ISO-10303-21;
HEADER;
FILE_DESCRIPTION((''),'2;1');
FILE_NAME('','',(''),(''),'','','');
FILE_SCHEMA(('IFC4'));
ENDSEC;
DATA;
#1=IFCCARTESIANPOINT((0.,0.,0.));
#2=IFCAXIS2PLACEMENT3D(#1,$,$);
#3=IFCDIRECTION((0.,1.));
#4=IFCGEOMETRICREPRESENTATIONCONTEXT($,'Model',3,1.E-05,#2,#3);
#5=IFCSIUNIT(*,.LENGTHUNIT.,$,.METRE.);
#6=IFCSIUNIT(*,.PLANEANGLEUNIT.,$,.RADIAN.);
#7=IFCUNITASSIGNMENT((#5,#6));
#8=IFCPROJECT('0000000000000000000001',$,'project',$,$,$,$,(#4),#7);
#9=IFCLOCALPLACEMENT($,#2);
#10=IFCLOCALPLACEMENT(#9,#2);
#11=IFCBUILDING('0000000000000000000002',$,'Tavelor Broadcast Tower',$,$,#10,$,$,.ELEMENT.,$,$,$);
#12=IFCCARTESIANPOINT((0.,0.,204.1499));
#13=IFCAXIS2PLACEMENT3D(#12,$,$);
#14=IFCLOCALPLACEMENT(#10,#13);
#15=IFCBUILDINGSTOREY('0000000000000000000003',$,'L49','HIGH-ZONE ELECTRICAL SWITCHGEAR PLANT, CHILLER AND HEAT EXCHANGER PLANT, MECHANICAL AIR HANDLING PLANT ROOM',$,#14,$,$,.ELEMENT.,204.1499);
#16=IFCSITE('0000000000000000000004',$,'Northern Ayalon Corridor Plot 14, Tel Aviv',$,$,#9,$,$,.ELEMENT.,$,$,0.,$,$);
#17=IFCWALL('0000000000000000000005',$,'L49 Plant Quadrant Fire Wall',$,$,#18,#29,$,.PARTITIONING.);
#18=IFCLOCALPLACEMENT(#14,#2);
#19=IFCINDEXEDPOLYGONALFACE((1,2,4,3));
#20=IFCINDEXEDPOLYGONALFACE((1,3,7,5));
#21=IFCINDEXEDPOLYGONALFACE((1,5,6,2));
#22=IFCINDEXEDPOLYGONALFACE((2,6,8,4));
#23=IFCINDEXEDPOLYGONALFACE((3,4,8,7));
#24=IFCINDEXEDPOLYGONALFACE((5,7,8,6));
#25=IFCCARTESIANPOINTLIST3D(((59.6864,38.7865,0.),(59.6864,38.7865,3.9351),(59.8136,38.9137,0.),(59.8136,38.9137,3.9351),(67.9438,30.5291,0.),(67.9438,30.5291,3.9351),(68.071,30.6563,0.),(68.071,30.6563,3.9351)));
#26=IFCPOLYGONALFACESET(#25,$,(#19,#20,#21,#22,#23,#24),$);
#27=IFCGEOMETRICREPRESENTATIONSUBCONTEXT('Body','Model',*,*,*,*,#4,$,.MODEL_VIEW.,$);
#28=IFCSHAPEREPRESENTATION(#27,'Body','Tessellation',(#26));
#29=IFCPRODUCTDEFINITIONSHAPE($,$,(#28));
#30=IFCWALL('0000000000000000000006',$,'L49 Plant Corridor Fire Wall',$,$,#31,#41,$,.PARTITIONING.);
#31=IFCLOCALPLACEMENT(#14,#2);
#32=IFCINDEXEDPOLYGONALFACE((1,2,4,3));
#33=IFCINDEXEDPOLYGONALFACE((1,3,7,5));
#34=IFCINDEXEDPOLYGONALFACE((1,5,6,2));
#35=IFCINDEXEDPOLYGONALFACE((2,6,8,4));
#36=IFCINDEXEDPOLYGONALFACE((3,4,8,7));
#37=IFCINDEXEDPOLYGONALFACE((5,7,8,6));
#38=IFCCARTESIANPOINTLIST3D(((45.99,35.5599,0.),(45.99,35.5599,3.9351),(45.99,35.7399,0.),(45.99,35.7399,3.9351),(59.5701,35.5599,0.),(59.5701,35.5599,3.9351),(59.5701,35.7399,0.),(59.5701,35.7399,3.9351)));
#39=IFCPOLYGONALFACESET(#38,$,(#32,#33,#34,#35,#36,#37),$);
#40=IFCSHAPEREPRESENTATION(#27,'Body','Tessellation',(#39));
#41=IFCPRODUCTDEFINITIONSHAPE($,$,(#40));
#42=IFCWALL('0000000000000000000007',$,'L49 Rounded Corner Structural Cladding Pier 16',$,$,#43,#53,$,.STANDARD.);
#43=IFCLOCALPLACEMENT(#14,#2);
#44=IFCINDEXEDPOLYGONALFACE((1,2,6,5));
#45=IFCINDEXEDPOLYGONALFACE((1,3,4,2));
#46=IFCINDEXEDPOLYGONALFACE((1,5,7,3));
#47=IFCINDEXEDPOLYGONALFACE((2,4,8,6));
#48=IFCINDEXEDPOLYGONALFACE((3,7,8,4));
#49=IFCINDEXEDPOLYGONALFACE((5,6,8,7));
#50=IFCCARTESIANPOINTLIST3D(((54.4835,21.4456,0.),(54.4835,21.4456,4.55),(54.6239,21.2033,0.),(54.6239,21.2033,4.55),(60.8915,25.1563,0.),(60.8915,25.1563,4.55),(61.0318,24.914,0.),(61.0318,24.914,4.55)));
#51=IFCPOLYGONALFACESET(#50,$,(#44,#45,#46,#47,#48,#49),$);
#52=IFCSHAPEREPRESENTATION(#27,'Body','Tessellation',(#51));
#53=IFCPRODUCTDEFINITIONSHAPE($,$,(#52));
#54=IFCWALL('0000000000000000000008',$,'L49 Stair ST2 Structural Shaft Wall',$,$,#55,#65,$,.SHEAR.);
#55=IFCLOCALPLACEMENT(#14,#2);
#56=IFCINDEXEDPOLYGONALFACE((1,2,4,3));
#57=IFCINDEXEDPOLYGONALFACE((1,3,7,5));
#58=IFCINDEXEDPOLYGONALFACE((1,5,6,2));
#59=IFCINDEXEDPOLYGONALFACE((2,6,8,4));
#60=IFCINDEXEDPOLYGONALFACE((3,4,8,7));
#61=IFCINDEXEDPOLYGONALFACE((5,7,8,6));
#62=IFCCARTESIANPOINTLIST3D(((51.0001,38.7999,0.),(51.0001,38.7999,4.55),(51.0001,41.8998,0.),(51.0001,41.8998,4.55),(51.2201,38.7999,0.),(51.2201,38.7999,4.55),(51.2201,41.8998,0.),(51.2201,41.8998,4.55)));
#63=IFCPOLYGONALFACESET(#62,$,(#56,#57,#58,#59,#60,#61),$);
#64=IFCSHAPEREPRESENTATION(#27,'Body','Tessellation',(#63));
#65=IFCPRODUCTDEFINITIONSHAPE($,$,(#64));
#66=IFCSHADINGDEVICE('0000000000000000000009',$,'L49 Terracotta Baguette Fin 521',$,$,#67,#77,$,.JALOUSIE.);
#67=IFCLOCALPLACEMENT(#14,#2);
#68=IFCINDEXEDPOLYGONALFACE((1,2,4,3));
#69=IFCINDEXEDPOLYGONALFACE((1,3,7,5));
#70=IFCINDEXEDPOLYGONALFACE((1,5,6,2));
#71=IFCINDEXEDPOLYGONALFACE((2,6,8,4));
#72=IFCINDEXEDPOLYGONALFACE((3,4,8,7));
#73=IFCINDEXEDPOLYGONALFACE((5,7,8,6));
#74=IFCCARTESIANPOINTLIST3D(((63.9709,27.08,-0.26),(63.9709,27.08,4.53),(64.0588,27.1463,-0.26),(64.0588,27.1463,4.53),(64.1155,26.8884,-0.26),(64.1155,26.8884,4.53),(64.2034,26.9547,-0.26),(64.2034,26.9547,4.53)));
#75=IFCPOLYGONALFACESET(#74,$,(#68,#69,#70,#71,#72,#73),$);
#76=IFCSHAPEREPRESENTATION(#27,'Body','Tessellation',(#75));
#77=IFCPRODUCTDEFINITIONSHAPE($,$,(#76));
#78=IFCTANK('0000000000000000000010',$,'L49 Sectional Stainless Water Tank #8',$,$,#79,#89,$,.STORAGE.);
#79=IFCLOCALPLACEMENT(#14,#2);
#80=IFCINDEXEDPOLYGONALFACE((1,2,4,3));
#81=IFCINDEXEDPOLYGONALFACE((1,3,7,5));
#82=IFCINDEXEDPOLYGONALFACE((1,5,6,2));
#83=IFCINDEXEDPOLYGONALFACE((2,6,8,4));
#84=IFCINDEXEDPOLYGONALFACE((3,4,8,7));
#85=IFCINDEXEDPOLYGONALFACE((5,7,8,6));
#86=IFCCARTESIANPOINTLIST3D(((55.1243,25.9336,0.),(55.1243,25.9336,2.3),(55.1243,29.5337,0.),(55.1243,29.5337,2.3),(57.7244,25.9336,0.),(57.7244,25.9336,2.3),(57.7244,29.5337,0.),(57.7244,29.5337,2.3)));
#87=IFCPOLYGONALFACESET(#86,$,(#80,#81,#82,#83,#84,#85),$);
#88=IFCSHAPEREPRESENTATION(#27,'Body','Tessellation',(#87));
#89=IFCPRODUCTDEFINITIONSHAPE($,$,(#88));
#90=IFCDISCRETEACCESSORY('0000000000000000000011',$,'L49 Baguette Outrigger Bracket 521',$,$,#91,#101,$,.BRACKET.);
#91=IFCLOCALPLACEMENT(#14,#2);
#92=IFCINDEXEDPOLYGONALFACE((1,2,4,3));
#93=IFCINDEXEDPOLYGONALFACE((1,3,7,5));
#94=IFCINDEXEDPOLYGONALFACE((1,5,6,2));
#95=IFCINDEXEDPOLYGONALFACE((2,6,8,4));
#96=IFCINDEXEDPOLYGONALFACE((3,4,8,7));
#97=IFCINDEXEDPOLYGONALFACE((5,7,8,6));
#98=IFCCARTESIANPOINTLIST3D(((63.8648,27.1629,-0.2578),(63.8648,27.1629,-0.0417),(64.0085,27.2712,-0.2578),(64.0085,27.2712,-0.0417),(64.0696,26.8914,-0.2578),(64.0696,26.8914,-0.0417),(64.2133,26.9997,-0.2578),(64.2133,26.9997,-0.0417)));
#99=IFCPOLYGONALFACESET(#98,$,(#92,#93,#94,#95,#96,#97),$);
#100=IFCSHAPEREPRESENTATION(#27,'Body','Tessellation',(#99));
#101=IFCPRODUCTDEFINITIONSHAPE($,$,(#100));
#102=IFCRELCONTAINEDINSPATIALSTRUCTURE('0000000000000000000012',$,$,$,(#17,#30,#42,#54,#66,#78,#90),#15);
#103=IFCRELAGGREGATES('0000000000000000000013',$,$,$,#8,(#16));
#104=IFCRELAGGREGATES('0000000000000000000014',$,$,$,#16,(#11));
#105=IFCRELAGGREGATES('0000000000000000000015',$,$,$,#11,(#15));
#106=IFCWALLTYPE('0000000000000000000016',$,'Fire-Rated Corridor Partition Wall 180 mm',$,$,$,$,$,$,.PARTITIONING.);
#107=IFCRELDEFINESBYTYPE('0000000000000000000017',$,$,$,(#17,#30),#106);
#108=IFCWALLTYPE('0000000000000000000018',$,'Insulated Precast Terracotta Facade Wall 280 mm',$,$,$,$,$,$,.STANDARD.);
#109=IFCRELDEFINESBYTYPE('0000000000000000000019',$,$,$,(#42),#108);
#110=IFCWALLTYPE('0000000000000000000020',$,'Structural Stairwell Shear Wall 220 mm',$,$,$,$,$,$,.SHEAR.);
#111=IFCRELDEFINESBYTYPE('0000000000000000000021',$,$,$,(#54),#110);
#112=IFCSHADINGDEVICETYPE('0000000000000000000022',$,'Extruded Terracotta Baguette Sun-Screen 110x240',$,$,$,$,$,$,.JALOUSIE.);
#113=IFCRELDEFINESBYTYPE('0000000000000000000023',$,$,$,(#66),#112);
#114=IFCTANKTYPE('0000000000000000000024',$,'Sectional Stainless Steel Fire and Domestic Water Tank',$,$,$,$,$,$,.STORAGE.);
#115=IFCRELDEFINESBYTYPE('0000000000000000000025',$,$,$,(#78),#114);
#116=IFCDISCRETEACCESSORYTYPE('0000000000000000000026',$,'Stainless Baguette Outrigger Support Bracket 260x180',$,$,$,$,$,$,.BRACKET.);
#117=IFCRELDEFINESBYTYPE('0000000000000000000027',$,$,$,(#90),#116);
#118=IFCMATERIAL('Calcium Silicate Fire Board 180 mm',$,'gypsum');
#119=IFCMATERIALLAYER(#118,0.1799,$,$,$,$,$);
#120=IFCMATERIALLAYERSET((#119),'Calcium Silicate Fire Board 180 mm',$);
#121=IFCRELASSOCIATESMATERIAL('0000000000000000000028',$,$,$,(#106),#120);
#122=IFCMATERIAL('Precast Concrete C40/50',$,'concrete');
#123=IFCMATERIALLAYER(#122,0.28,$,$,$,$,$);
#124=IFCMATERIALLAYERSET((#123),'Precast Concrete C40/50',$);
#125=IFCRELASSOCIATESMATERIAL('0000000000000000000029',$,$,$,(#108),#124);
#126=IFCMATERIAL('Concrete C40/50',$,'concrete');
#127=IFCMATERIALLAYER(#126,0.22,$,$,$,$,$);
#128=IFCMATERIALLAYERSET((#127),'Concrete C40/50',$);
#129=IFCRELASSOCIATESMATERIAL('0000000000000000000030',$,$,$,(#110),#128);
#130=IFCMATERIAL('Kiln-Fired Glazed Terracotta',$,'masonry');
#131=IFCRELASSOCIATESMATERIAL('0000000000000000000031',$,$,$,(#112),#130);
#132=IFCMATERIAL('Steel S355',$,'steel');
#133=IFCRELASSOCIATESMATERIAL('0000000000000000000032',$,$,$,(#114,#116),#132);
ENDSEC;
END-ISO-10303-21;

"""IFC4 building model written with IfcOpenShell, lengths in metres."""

from ifc_helpers import new_model, si_unit, direction, frame, frame_2d, origin, origin_2d, place, context, subcontext, project, spatial, rectangle, extrude, source, transform, mapped, material, layer, layer_set, type_object, type_shapes, element, save


model = new_model("IFC4")

# Units and contexts
model_context = context("Model", 3, precision=1e-05, world=origin(), true_north=direction((0.0, 1.0)))
body_context = subcontext(model_context, "Body", "Model", "MODEL_VIEW")
ifc_project = project(units=[si_unit("LENGTHUNIT", "METRE"), si_unit("PLANEANGLEUNIT", "RADIAN")], contexts=[model_context])

# Site, building, storey
site_placement = place(None, origin())
site = spatial("IfcSite", under=ifc_project, at=site_placement, Name="Northern Ayalon Corridor Plot 14, Tel Aviv", CompositionType="ELEMENT", RefElevation=0.0)
building_placement = place(site_placement, origin())
building = spatial("IfcBuilding", under=site, at=building_placement, Name="Tavelor Broadcast Tower", CompositionType="ELEMENT")
storey_placement = place(building_placement, frame((0.0, 0.0, 204.1499)))
storey = spatial("IfcBuildingStorey", under=building, at=storey_placement, Name="L49", Description="HIGH-ZONE ELECTRICAL SWITCHGEAR PLANT, CHILLER AND HEAT EXCHANGER PLANT, MECHANICAL AIR HANDLING PLANT ROOM", CompositionType="ELEMENT", Elevation=204.1499)

# Shared definitions
ifc_material_1 = material(Name="Concrete C40/50", Category="concrete")
ifc_material_2 = material(Name="Steel S355", Category="steel")

# Wall
ifc_material_3 = material(Name="Calcium Silicate Fire Board 180 mm", Category="gypsum")
ifc_layer_1 = layer(ifc_material_3, 0.1799)
ifc_layer_set_1 = layer_set([ifc_layer_1], Name="Calcium Silicate Fire Board 180 mm")
wall_type_1 = type_object("IfcWallType", Name="Fire-Rated Corridor Partition Wall 180 mm", PredefinedType="PARTITIONING", material=ifc_layer_set_1)
wall_1_placement = place(storey_placement, frame((59.75, 38.8501, 0.0), z_axis=(0.0, 0.0, 1.0), x_axis=(0.707107, -0.707107, 0.0)))
element("IfcWall", 1, at=wall_1_placement, inside=storey, type_object=wall_type_1, Name="L49 Plant Quadrant Fire Wall", PredefinedType="PARTITIONING", context=body_context, shape_type="SweptSolid", body=[
    extrude(rectangle(XDim=11.6777, YDim=0.1799, at=frame_2d((5.8389, 0.0))), origin(), (0.0, 0.0, 1.0), 3.9351),
])

# Walls
wall_2_placement = place(storey_placement, frame((59.5701, 35.6499, 0.0), z_axis=(0.0, 0.0, 1.0), x_axis=(-1.0, 0.0, 0.0)))
element("IfcWall", 2, at=wall_2_placement, inside=storey, type_object=wall_type_1, Name="L49 Plant Corridor Fire Wall", PredefinedType="PARTITIONING", context=body_context, shape_type="SweptSolid", body=[
    extrude(rectangle(XDim=13.5801, YDim=0.1799, at=frame_2d((6.79, 0.0))), origin(), (0.0, 0.0, 1.0), 3.9351),
])
ifc_material_4 = material(Name="Precast Concrete C40/50", Category="concrete")
ifc_layer_2 = layer(ifc_material_4, 0.28)
ifc_layer_set_2 = layer_set([ifc_layer_2], Name="Precast Concrete C40/50")
wall_type_2 = type_object("IfcWallType", Name="Insulated Precast Terracotta Facade Wall 280 mm", PredefinedType="STANDARD", material=ifc_layer_set_2)
wall_3_placement = place(storey_placement, frame((54.5537, 21.3245, 0.0), z_axis=(0.0, 0.0, 1.0), x_axis=(0.865378, 0.501119, 0.0)))
element("IfcWall", 3, at=wall_3_placement, inside=storey, type_object=wall_type_2, Name="L49 Rounded Corner Structural Cladding Pier 16", PredefinedType="STANDARD", context=body_context, shape_type="SweptSolid", body=[
    extrude(rectangle(XDim=7.4048, YDim=0.28, at=frame_2d((3.7024, 0.0))), origin(), (0.0, 0.0, 1.0), 4.55),
])
ifc_layer_3 = layer(ifc_material_1, 0.22)
ifc_layer_set_3 = layer_set([ifc_layer_3], Name="Concrete C40/50")
wall_type_3 = type_object("IfcWallType", Name="Structural Stairwell Shear Wall 220 mm", PredefinedType="SHEAR", material=ifc_layer_set_3)
wall_4_placement = place(storey_placement, frame((51.1101, 38.8, 0.0), z_axis=(0.0, 0.0, 1.0), x_axis=(0.0, 1.0, 0.0)))
element("IfcWall", 4, at=wall_4_placement, inside=storey, type_object=wall_type_3, Name="L49 Stair ST2 Structural Shaft Wall", PredefinedType="SHEAR", context=body_context, shape_type="SweptSolid", body=[
    extrude(rectangle(XDim=3.0999, YDim=0.22, at=frame_2d((1.5498, 0.0))), origin(), (0.0, 0.0, 1.0), 4.55),
])

# Shading device
ifc_material_5 = material(Name="Kiln-Fired Glazed Terracotta", Category="masonry")
shading_device_type = type_object("IfcShadingDeviceType", Name="Extruded Terracotta Baguette Sun-Screen 110x240", PredefinedType="JALOUSIE", material=ifc_material_5)
shared_shape_1 = source(origin(), body_context, "Body", "SweptSolid", [
    extrude(rectangle(XDim=0.1101, YDim=0.24, at=origin_2d()), origin(), (0.0, 0.0, 1.0), 4.79),
])
type_shapes(shading_device_type, [shared_shape_1])
shading_device_placement = place(storey_placement, frame((64.0872, 27.0173, -0.26), z_axis=(0.0, 0.0, 1.0), x_axis=(0.79832, 0.602233, 0.0)))
element("IfcShadingDevice", 5, at=shading_device_placement, inside=storey, type_object=shading_device_type, Name="L49 Terracotta Baguette Fin 521", PredefinedType="JALOUSIE", context=body_context, shape_type="MappedRepresentation", body=[
    mapped(shared_shape_1, transform((0.0, 0.0, 0.0), scale=1.0)),
])

# Tank
tank_type = type_object("IfcTankType", Name="Sectional Stainless Steel Fire and Domestic Water Tank", PredefinedType="STORAGE", material=ifc_material_2)
tank_placement = place(storey_placement, frame((56.4243, 27.7336, 0.0), z_axis=(0.0, 0.0, 1.0), x_axis=(1.0, 0.0, 0.0)))
element("IfcTank", 6, at=tank_placement, inside=storey, type_object=tank_type, Name="L49 Sectional Stainless Water Tank #8", PredefinedType="STORAGE", context=body_context, shape_type="SweptSolid", body=[
    extrude(rectangle(XDim=2.6001, YDim=3.6001, at=origin_2d()), origin(), (0.0, 0.0, 1.0), 2.3),
])

# Discrete accessory
discrete_accessory_type = type_object("IfcDiscreteAccessoryType", Name="Stainless Baguette Outrigger Support Bracket 260x180", PredefinedType="BRACKET", material=ifc_material_2)
shared_shape_2 = source(origin(), body_context, "Body", "SweptSolid", [
    extrude(rectangle(XDim=0.1799, YDim=0.3401, at=origin_2d()), origin(), (0.0, 0.0, 1.0), 0.2161),
])
type_shapes(discrete_accessory_type, [shared_shape_2])
discrete_accessory_placement = place(storey_placement, frame((64.0391, 27.0813, -0.2578), z_axis=(0.0, 0.0, 1.0), x_axis=(0.79832, 0.602233, 0.0)))
element("IfcDiscreteAccessory", 7, at=discrete_accessory_placement, inside=storey, type_object=discrete_accessory_type, Name="L49 Baguette Outrigger Bracket 521", PredefinedType="BRACKET", context=body_context, shape_type="MappedRepresentation", body=[
    mapped(shared_shape_2, transform((0.0, 0.0, 0.0), scale=1.0)),
])

save(model, "model.ifc")
